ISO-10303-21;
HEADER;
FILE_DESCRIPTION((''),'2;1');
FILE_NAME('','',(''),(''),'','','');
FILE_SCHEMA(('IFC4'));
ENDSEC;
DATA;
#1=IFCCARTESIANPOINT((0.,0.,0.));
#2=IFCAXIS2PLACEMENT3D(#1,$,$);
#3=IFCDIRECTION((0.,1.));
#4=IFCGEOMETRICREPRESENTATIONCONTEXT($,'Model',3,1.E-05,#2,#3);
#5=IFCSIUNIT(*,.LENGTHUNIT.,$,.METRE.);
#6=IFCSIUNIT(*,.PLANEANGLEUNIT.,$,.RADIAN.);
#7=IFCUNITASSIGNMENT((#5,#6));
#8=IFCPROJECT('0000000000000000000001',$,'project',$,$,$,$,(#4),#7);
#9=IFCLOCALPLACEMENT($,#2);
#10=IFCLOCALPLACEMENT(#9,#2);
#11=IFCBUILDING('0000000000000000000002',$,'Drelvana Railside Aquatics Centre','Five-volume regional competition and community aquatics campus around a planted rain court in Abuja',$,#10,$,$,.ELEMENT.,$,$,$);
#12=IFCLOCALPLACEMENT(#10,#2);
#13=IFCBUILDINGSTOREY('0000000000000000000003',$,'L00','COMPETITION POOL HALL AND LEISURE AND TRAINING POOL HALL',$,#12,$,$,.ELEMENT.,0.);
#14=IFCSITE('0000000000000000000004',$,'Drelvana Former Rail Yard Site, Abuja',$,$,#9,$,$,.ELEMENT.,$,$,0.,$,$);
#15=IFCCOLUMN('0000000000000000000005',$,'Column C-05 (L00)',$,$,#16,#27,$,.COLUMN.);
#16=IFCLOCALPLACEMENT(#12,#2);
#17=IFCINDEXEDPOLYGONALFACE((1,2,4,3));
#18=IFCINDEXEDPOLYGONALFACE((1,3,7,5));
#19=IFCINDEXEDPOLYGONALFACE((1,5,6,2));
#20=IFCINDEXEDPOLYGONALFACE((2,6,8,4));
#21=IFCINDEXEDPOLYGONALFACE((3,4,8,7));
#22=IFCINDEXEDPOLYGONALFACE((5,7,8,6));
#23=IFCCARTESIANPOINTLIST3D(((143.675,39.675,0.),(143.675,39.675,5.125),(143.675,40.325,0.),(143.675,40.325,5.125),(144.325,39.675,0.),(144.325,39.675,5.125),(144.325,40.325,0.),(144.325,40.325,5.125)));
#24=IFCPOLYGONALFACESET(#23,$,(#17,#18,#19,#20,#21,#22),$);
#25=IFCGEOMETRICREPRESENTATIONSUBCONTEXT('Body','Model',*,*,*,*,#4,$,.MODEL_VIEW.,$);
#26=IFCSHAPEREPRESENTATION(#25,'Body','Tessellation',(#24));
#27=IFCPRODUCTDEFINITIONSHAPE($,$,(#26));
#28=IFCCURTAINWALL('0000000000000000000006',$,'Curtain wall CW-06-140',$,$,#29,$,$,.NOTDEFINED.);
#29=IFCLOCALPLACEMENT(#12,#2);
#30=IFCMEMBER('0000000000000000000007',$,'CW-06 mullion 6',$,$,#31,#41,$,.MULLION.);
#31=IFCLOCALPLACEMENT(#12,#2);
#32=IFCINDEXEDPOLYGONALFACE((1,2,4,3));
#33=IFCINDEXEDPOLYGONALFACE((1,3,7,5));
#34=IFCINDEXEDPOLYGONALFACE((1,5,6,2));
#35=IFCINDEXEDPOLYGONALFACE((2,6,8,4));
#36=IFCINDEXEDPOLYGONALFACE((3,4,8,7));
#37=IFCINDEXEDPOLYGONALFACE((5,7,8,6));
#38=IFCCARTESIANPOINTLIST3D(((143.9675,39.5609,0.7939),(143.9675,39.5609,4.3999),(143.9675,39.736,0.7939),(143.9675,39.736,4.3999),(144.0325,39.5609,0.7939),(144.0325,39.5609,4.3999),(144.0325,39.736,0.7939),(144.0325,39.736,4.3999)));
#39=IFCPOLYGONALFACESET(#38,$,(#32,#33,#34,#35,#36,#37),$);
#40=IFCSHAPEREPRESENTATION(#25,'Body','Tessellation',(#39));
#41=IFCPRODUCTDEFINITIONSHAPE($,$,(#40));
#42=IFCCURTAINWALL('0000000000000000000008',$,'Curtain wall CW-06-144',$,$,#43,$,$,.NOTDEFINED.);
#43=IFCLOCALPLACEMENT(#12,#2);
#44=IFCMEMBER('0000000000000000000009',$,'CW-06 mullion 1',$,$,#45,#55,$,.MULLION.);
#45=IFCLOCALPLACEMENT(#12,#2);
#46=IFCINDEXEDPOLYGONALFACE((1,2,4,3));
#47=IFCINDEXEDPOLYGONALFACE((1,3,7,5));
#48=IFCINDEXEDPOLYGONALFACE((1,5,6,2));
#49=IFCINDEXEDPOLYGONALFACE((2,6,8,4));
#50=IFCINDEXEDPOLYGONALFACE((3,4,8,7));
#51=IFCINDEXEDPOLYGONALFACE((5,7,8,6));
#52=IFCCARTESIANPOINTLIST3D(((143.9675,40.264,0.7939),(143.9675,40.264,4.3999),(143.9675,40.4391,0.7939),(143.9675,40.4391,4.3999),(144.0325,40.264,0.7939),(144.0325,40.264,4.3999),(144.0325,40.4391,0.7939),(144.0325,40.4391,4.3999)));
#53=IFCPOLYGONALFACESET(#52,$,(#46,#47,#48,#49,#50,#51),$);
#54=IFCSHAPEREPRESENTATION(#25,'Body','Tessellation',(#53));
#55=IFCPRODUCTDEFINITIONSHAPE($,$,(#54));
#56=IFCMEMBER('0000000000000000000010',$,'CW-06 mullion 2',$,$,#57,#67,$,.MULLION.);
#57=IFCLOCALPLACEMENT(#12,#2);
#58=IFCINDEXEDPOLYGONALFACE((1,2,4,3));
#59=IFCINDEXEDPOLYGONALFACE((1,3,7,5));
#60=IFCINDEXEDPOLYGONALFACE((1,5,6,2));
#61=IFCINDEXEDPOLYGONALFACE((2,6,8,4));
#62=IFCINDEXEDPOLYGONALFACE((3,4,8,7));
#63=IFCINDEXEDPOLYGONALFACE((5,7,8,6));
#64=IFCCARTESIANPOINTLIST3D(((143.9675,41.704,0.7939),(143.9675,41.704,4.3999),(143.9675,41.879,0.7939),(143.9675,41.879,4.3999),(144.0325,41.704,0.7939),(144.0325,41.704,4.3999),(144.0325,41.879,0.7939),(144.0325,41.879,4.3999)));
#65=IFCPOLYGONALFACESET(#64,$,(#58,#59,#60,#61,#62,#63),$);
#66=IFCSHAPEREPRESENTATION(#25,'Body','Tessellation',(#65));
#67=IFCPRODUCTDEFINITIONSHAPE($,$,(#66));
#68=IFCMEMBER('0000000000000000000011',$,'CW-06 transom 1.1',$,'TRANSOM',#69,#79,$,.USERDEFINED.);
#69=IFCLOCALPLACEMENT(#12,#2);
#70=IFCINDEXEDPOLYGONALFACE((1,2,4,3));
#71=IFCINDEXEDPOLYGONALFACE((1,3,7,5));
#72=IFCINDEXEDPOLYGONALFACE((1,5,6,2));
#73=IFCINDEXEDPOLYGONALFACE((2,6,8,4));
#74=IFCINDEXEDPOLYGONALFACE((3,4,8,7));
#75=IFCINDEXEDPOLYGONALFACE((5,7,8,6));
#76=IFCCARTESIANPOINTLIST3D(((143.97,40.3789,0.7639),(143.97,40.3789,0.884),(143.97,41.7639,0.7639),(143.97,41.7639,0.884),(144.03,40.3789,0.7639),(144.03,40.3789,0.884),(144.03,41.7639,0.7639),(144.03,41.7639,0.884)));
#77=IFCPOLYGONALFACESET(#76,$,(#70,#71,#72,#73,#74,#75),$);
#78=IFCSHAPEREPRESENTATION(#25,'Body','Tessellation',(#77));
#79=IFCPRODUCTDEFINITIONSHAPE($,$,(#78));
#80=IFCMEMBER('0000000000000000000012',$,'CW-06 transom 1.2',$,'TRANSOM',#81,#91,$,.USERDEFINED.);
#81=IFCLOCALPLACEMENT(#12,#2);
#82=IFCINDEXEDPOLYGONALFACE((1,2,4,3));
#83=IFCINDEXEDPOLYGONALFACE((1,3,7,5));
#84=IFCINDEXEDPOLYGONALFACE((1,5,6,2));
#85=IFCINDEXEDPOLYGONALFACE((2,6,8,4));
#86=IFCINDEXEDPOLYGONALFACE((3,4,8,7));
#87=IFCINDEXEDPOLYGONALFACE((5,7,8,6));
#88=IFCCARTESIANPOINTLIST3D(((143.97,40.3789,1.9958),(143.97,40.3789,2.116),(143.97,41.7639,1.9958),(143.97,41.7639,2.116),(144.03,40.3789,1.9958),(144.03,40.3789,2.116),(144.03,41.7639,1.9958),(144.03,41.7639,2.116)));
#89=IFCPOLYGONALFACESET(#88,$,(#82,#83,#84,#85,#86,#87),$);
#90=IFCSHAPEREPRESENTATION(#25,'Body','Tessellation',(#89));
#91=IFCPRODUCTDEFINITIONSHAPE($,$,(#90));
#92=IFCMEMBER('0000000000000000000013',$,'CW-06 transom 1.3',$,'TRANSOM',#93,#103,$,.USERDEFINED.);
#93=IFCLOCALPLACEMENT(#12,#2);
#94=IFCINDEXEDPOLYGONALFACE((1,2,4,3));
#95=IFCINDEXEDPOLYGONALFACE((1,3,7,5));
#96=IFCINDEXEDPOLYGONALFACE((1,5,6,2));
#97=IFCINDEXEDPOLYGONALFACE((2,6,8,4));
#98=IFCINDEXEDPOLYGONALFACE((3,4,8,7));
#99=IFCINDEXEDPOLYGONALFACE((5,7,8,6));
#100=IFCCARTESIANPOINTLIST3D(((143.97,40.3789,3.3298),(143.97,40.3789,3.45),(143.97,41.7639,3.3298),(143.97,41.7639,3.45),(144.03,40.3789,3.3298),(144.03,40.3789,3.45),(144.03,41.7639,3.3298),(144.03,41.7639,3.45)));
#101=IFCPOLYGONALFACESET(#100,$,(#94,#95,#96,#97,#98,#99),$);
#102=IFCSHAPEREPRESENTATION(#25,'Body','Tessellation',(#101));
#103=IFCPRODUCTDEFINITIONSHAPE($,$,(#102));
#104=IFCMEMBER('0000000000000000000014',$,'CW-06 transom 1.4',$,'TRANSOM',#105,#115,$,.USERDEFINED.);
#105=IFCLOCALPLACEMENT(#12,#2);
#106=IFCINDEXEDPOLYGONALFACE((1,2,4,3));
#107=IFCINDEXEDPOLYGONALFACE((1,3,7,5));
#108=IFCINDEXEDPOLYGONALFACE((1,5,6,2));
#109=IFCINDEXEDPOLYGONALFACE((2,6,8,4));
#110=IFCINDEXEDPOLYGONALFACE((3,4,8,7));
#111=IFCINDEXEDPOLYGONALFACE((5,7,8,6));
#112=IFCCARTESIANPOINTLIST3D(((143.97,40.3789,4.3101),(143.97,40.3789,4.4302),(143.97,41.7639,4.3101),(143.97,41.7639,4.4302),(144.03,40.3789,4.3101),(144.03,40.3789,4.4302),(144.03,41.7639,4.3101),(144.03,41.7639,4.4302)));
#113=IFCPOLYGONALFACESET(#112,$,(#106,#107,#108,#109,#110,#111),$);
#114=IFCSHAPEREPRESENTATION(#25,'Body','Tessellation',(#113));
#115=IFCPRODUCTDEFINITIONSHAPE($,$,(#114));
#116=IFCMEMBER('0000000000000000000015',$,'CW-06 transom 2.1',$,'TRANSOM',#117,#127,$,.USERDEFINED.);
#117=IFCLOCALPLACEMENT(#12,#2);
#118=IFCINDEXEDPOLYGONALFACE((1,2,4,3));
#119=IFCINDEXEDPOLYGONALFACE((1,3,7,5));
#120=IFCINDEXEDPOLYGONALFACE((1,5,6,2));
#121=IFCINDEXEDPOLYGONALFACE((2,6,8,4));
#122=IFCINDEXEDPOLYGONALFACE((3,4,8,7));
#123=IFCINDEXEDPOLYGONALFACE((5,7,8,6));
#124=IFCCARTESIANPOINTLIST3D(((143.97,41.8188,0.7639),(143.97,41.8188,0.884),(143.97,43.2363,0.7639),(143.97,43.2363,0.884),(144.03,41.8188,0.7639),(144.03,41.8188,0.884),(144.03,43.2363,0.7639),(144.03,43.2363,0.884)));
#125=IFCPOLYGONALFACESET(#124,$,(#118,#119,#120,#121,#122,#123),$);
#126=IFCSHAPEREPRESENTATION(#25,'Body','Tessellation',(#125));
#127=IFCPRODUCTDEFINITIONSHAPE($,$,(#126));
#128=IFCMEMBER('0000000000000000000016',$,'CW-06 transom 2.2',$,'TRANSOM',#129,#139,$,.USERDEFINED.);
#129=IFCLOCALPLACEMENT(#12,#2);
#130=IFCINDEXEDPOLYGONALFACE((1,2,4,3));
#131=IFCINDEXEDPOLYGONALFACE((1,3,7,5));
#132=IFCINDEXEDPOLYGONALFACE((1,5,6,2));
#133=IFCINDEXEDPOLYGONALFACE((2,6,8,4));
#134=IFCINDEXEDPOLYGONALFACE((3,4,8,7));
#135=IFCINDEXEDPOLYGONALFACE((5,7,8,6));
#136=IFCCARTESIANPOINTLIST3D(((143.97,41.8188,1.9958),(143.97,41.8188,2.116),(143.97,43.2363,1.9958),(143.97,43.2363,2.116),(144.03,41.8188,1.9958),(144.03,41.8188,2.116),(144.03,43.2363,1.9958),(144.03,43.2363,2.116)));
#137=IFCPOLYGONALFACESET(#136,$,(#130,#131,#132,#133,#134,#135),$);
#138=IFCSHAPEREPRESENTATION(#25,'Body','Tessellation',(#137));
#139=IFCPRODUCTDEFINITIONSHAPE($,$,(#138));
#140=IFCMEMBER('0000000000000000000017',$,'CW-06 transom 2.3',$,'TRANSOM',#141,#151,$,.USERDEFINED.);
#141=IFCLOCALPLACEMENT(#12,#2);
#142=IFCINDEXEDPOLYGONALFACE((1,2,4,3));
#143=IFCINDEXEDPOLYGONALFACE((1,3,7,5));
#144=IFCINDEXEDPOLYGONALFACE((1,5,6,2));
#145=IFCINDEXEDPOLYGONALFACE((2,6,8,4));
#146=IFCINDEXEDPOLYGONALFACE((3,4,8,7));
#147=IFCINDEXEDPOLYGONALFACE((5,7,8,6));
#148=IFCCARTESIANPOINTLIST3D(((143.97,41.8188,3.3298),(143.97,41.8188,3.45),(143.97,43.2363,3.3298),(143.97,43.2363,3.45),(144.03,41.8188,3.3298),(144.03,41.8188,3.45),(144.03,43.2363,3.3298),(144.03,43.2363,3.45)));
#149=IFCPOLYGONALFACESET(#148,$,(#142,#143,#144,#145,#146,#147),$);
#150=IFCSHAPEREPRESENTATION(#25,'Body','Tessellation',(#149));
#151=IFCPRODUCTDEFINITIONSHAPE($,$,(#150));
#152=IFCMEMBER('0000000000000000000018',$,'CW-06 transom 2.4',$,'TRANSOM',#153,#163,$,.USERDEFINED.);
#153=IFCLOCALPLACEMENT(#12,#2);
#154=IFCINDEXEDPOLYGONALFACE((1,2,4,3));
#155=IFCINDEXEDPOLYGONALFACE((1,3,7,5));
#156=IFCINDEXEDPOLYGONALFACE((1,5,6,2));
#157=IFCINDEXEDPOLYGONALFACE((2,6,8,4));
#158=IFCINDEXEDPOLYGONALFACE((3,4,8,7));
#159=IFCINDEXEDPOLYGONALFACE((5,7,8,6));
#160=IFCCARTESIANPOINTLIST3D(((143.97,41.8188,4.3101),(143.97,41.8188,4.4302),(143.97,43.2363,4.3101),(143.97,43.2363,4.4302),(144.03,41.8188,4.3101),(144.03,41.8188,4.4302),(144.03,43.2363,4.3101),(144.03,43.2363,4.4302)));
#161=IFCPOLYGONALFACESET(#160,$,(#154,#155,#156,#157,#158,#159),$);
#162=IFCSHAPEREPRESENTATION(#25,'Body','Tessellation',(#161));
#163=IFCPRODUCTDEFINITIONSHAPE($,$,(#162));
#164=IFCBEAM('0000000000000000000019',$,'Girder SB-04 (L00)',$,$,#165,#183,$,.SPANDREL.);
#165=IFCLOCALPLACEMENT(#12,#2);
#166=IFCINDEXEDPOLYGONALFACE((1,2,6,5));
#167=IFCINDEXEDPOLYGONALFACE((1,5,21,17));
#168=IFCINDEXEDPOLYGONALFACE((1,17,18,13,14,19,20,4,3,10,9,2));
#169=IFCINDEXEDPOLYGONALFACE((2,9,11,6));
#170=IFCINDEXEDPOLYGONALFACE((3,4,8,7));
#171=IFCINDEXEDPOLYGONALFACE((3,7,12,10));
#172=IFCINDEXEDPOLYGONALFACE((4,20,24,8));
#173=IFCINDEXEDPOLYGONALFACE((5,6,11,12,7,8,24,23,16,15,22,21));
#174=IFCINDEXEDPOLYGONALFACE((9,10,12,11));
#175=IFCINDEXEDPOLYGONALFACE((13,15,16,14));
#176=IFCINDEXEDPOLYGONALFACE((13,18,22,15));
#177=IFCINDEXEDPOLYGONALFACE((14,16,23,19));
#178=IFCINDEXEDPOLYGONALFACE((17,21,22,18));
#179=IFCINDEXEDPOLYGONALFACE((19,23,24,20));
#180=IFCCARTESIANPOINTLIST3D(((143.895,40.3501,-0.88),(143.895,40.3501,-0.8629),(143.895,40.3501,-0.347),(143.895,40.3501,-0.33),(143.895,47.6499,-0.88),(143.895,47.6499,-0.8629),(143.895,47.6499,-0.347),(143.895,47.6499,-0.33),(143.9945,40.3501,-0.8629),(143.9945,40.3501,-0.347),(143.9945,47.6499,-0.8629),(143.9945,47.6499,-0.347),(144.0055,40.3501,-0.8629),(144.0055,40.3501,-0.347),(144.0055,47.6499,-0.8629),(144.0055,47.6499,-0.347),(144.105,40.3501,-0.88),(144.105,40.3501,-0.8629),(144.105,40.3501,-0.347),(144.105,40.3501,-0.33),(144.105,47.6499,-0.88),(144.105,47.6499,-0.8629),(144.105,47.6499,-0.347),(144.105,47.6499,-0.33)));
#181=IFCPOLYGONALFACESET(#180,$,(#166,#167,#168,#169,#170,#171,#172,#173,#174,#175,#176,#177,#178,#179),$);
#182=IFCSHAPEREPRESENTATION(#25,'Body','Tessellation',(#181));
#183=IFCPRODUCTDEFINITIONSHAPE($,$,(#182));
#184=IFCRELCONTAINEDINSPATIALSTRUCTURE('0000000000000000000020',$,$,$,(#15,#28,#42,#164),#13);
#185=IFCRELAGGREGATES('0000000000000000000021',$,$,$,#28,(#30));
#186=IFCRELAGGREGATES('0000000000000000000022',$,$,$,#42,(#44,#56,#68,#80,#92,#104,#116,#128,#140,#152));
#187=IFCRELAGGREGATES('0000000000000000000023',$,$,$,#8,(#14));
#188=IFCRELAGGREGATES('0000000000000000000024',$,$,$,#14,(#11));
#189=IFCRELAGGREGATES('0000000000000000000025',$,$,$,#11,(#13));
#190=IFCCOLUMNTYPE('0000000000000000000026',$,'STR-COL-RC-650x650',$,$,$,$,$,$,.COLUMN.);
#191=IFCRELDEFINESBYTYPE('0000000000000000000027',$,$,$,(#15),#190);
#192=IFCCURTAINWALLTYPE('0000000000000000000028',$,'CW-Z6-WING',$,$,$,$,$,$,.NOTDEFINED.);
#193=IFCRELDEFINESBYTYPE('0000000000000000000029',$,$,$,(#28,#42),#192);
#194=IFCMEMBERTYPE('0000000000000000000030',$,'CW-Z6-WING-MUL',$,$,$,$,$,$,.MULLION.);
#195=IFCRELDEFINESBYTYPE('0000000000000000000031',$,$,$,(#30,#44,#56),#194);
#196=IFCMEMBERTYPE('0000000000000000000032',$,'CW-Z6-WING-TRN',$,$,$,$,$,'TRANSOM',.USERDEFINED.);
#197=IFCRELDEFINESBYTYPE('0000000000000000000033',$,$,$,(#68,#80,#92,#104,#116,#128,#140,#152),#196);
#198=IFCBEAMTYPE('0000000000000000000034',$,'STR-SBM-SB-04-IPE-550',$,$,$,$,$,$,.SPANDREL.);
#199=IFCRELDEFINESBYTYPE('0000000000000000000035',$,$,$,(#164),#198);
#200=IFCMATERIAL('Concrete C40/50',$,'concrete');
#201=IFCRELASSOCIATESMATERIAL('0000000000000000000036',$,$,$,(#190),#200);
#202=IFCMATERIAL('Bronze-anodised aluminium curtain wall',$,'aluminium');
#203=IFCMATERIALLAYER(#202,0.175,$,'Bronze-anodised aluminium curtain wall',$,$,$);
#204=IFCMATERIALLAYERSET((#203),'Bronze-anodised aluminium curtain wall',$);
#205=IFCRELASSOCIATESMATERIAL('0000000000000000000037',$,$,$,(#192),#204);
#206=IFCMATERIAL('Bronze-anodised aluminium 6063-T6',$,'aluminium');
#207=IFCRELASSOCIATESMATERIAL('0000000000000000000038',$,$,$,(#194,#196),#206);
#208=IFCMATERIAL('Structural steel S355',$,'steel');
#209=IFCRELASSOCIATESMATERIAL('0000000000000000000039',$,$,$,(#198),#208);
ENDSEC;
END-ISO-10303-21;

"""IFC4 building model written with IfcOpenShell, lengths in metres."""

from ifc_helpers import new_model, si_unit, direction, frame, origin, origin_2d, place, context, subcontext, project, spatial, rectangle, i_section, extrude, material, layer, layer_set, material_profile, profile_set, type_object, element, aggregate, save


model = new_model("IFC4")

# Units and contexts
model_context = context("Model", 3, precision=1e-05, world=origin(), true_north=direction((0.0, 1.0)))
body_context = subcontext(model_context, "Body", "Model", "MODEL_VIEW")
ifc_project = project(units=[si_unit("LENGTHUNIT", "METRE"), si_unit("PLANEANGLEUNIT", "RADIAN")], contexts=[model_context])

# Site, building, storey
site_placement = place(None, origin())
site = spatial("IfcSite", under=ifc_project, at=site_placement, Name="Drelvana Former Rail Yard Site, Abuja", CompositionType="ELEMENT", RefElevation=0.0)
building_placement = place(site_placement, origin())
building = spatial("IfcBuilding", under=site, at=building_placement, Name="Drelvana Railside Aquatics Centre", Description="Five-volume regional competition and community aquatics campus around a planted rain court in Abuja", CompositionType="ELEMENT")
storey_placement = place(building_placement, origin())
storey = spatial("IfcBuildingStorey", under=building, at=storey_placement, Name="L00", Description="COMPETITION POOL HALL AND LEISURE AND TRAINING POOL HALL", CompositionType="ELEMENT", Elevation=0.0)

# Column
ifc_material_1 = material(Name="Concrete C40/50", Category="concrete")
ifc_material_profile_1 = material_profile(ifc_material_1, rectangle(XDim=0.6499, YDim=0.6499, at=origin_2d()), Name="RC 650x650")
ifc_profile_set_1 = profile_set([ifc_material_profile_1], Name="Concrete C40/50")
column_type = type_object("IfcColumnType", Name="STR-COL-RC-650x650", PredefinedType="COLUMN", material=ifc_profile_set_1)
column_placement = place(storey_placement, frame((144.0, 40.0, 0.0), z_axis=(0.0, 0.0, 1.0), x_axis=(1.0, 0.0, 0.0)))
element("IfcColumn", 1, at=column_placement, inside=storey, type_object=column_type, Name="Column C-05 (L00)", PredefinedType="COLUMN", context=body_context, shape_type="SweptSolid", body=[
    extrude(rectangle(XDim=0.6499, YDim=0.6499, at=origin_2d()), origin(), (0.0, 0.0, 1.0), 5.125),
])

# Curtain wall, member
ifc_material_2 = material(Name="Bronze-anodised aluminium curtain wall", Category="aluminium")
ifc_layer_1 = layer(ifc_material_2, 0.175, Name="Bronze-anodised aluminium curtain wall")
ifc_layer_set_1 = layer_set([ifc_layer_1], Name="Bronze-anodised aluminium curtain wall")
curtain_wall_type = type_object("IfcCurtainWallType", Name="CW-Z6-WING", PredefinedType="NOTDEFINED", material=ifc_layer_set_1)
curtain_wall_1_placement = place(storey_placement, origin())
curtain_wall_1 = element("IfcCurtainWall", 2, at=curtain_wall_1_placement, inside=storey, type_object=curtain_wall_type, Name="Curtain wall CW-06-140", PredefinedType="NOTDEFINED")
ifc_material_3 = material(Name="Bronze-anodised aluminium 6063-T6", Category="aluminium")
ifc_material_profile_2 = material_profile(ifc_material_3, rectangle(XDim=0.0649, YDim=0.175, at=origin_2d()), Name="ALU-M 65x175")
ifc_profile_set_2 = profile_set([ifc_material_profile_2], Name="Bronze-anodised aluminium 6063-T6")
member_type_1 = type_object("IfcMemberType", Name="CW-Z6-WING-MUL", PredefinedType="MULLION", material=ifc_profile_set_2)
member_1_placement = place(storey_placement, frame((144.0, 39.6484, 0.7939), z_axis=(0.0, 0.0, 1.0), x_axis=(-1.0, 0.0, 0.0)))
member_1 = element("IfcMember", 3, at=member_1_placement, type_object=member_type_1, Name="CW-06 mullion 6", PredefinedType="MULLION", context=body_context, shape_type="SweptSolid", body=[
    extrude(rectangle(XDim=0.0649, YDim=0.175, at=origin_2d()), origin(), (0.0, 0.0, 1.0), 3.606),
])

# Curtain wall, members
curtain_wall_2_placement = place(storey_placement, origin())
curtain_wall_2 = element("IfcCurtainWall", 4, at=curtain_wall_2_placement, inside=storey, type_object=curtain_wall_type, Name="Curtain wall CW-06-144", PredefinedType="NOTDEFINED")
member_2_placement = place(storey_placement, frame((144.0, 40.3516, 0.7939), z_axis=(0.0, 0.0, 1.0), x_axis=(-1.0, 0.0, 0.0)))
member_2 = element("IfcMember", 5, at=member_2_placement, type_object=member_type_1, Name="CW-06 mullion 1", PredefinedType="MULLION", context=body_context, shape_type="SweptSolid", body=[
    extrude(rectangle(XDim=0.0649, YDim=0.175, at=origin_2d()), origin(), (0.0, 0.0, 1.0), 3.606),
])
member_3_placement = place(storey_placement, frame((144.0, 41.7915, 0.7939), z_axis=(0.0, 0.0, 1.0), x_axis=(-1.0, 0.0, 0.0)))
member_3 = element("IfcMember", 6, at=member_3_placement, type_object=member_type_1, Name="CW-06 mullion 2", PredefinedType="MULLION", context=body_context, shape_type="SweptSolid", body=[
    extrude(rectangle(XDim=0.0649, YDim=0.175, at=origin_2d()), origin(), (0.0, 0.0, 1.0), 3.606),
])
ifc_material_profile_3 = material_profile(ifc_material_3, rectangle(XDim=0.1201, YDim=0.0601, at=origin_2d()), Name="ALU-T 60x120")
ifc_profile_set_3 = profile_set([ifc_material_profile_3], Name="Bronze-anodised aluminium 6063-T6")
member_type_2 = type_object("IfcMemberType", Name="CW-Z6-WING-TRN", ElementType="TRANSOM", PredefinedType="USERDEFINED", material=ifc_profile_set_3)
member_4_placement = place(storey_placement, frame((144.0, 40.3789, 0.824), z_axis=(0.0, 1.0, 0.0), x_axis=(0.0, 0.0, 1.0)))
member_4 = element("IfcMember", 7, at=member_4_placement, type_object=member_type_2, Name="CW-06 transom 1.1", ObjectType="TRANSOM", PredefinedType="USERDEFINED", context=body_context, shape_type="SweptSolid", body=[
    extrude(rectangle(XDim=0.1201, YDim=0.0601, at=origin_2d()), origin(), (0.0, 0.0, 1.0), 1.385),
])
member_5_placement = place(storey_placement, frame((144.0, 40.3789, 2.0559), z_axis=(0.0, 1.0, 0.0), x_axis=(0.0, 0.0, 1.0)))
member_5 = element("IfcMember", 8, at=member_5_placement, type_object=member_type_2, Name="CW-06 transom 1.2", ObjectType="TRANSOM", PredefinedType="USERDEFINED", context=body_context, shape_type="SweptSolid", body=[
    extrude(rectangle(XDim=0.1201, YDim=0.0601, at=origin_2d()), origin(), (0.0, 0.0, 1.0), 1.385),
])
member_6_placement = place(storey_placement, frame((144.0, 40.3789, 3.3899), z_axis=(0.0, 1.0, 0.0), x_axis=(0.0, 0.0, 1.0)))
member_6 = element("IfcMember", 9, at=member_6_placement, type_object=member_type_2, Name="CW-06 transom 1.3", ObjectType="TRANSOM", PredefinedType="USERDEFINED", context=body_context, shape_type="SweptSolid", body=[
    extrude(rectangle(XDim=0.1201, YDim=0.0601, at=origin_2d()), origin(), (0.0, 0.0, 1.0), 1.385),
])
member_7_placement = place(storey_placement, frame((144.0, 40.3789, 4.3701), z_axis=(0.0, 1.0, 0.0), x_axis=(0.0, 0.0, 1.0)))
member_7 = element("IfcMember", 10, at=member_7_placement, type_object=member_type_2, Name="CW-06 transom 1.4", ObjectType="TRANSOM", PredefinedType="USERDEFINED", context=body_context, shape_type="SweptSolid", body=[
    extrude(rectangle(XDim=0.1201, YDim=0.0601, at=origin_2d()), origin(), (0.0, 0.0, 1.0), 1.385),
])
member_8_placement = place(storey_placement, frame((144.0, 41.8188, 0.824), z_axis=(0.0, 1.0, 0.0), x_axis=(0.0, 0.0, 1.0)))
member_8 = element("IfcMember", 11, at=member_8_placement, type_object=member_type_2, Name="CW-06 transom 2.1", ObjectType="TRANSOM", PredefinedType="USERDEFINED", context=body_context, shape_type="SweptSolid", body=[
    extrude(rectangle(XDim=0.1201, YDim=0.0601, at=origin_2d()), origin(), (0.0, 0.0, 1.0), 1.4175),
])
member_9_placement = place(storey_placement, frame((144.0, 41.8188, 2.0559), z_axis=(0.0, 1.0, 0.0), x_axis=(0.0, 0.0, 1.0)))
member_9 = element("IfcMember", 12, at=member_9_placement, type_object=member_type_2, Name="CW-06 transom 2.2", ObjectType="TRANSOM", PredefinedType="USERDEFINED", context=body_context, shape_type="SweptSolid", body=[
    extrude(rectangle(XDim=0.1201, YDim=0.0601, at=origin_2d()), origin(), (0.0, 0.0, 1.0), 1.4175),
])
member_10_placement = place(storey_placement, frame((144.0, 41.8188, 3.3899), z_axis=(0.0, 1.0, 0.0), x_axis=(0.0, 0.0, 1.0)))
member_10 = element("IfcMember", 13, at=member_10_placement, type_object=member_type_2, Name="CW-06 transom 2.3", ObjectType="TRANSOM", PredefinedType="USERDEFINED", context=body_context, shape_type="SweptSolid", body=[
    extrude(rectangle(XDim=0.1201, YDim=0.0601, at=origin_2d()), origin(), (0.0, 0.0, 1.0), 1.4175),
])
member_11_placement = place(storey_placement, frame((144.0, 41.8188, 4.3701), z_axis=(0.0, 1.0, 0.0), x_axis=(0.0, 0.0, 1.0)))
member_11 = element("IfcMember", 14, at=member_11_placement, type_object=member_type_2, Name="CW-06 transom 2.4", ObjectType="TRANSOM", PredefinedType="USERDEFINED", context=body_context, shape_type="SweptSolid", body=[
    extrude(rectangle(XDim=0.1201, YDim=0.0601, at=origin_2d()), origin(), (0.0, 0.0, 1.0), 1.4175),
])

# Beam
ifc_material_4 = material(Name="Structural steel S355", Category="steel")
ifc_material_profile_4 = material_profile(ifc_material_4, i_section(OverallWidth=0.21, OverallDepth=0.55, WebThickness=0.011, FlangeThickness=0.0171, at=origin_2d()), Name="IPE 550")
ifc_profile_set_4 = profile_set([ifc_material_profile_4], Name="Structural steel S355")
beam_type = type_object("IfcBeamType", Name="STR-SBM-SB-04-IPE-550", PredefinedType="SPANDREL", material=ifc_profile_set_4)
beam_placement = place(storey_placement, frame((144.0, 40.3501, -0.605), z_axis=(0.0, 1.0, 0.0), x_axis=(-1.0, 0.0, 0.0)))
element("IfcBeam", 15, at=beam_placement, inside=storey, type_object=beam_type, Name="Girder SB-04 (L00)", PredefinedType="SPANDREL", context=body_context, shape_type="SweptSolid", body=[
    extrude(i_section(OverallWidth=0.21, OverallDepth=0.55, WebThickness=0.011, FlangeThickness=0.0171, at=origin_2d()), origin(), (0.0, 0.0, 1.0), 7.2998),
])

aggregate(curtain_wall_1, [member_1])
aggregate(curtain_wall_2, [member_2, member_3, member_4, member_5, member_6, member_7, member_8, member_9, member_10, member_11])

save(model, "model.ifc")
